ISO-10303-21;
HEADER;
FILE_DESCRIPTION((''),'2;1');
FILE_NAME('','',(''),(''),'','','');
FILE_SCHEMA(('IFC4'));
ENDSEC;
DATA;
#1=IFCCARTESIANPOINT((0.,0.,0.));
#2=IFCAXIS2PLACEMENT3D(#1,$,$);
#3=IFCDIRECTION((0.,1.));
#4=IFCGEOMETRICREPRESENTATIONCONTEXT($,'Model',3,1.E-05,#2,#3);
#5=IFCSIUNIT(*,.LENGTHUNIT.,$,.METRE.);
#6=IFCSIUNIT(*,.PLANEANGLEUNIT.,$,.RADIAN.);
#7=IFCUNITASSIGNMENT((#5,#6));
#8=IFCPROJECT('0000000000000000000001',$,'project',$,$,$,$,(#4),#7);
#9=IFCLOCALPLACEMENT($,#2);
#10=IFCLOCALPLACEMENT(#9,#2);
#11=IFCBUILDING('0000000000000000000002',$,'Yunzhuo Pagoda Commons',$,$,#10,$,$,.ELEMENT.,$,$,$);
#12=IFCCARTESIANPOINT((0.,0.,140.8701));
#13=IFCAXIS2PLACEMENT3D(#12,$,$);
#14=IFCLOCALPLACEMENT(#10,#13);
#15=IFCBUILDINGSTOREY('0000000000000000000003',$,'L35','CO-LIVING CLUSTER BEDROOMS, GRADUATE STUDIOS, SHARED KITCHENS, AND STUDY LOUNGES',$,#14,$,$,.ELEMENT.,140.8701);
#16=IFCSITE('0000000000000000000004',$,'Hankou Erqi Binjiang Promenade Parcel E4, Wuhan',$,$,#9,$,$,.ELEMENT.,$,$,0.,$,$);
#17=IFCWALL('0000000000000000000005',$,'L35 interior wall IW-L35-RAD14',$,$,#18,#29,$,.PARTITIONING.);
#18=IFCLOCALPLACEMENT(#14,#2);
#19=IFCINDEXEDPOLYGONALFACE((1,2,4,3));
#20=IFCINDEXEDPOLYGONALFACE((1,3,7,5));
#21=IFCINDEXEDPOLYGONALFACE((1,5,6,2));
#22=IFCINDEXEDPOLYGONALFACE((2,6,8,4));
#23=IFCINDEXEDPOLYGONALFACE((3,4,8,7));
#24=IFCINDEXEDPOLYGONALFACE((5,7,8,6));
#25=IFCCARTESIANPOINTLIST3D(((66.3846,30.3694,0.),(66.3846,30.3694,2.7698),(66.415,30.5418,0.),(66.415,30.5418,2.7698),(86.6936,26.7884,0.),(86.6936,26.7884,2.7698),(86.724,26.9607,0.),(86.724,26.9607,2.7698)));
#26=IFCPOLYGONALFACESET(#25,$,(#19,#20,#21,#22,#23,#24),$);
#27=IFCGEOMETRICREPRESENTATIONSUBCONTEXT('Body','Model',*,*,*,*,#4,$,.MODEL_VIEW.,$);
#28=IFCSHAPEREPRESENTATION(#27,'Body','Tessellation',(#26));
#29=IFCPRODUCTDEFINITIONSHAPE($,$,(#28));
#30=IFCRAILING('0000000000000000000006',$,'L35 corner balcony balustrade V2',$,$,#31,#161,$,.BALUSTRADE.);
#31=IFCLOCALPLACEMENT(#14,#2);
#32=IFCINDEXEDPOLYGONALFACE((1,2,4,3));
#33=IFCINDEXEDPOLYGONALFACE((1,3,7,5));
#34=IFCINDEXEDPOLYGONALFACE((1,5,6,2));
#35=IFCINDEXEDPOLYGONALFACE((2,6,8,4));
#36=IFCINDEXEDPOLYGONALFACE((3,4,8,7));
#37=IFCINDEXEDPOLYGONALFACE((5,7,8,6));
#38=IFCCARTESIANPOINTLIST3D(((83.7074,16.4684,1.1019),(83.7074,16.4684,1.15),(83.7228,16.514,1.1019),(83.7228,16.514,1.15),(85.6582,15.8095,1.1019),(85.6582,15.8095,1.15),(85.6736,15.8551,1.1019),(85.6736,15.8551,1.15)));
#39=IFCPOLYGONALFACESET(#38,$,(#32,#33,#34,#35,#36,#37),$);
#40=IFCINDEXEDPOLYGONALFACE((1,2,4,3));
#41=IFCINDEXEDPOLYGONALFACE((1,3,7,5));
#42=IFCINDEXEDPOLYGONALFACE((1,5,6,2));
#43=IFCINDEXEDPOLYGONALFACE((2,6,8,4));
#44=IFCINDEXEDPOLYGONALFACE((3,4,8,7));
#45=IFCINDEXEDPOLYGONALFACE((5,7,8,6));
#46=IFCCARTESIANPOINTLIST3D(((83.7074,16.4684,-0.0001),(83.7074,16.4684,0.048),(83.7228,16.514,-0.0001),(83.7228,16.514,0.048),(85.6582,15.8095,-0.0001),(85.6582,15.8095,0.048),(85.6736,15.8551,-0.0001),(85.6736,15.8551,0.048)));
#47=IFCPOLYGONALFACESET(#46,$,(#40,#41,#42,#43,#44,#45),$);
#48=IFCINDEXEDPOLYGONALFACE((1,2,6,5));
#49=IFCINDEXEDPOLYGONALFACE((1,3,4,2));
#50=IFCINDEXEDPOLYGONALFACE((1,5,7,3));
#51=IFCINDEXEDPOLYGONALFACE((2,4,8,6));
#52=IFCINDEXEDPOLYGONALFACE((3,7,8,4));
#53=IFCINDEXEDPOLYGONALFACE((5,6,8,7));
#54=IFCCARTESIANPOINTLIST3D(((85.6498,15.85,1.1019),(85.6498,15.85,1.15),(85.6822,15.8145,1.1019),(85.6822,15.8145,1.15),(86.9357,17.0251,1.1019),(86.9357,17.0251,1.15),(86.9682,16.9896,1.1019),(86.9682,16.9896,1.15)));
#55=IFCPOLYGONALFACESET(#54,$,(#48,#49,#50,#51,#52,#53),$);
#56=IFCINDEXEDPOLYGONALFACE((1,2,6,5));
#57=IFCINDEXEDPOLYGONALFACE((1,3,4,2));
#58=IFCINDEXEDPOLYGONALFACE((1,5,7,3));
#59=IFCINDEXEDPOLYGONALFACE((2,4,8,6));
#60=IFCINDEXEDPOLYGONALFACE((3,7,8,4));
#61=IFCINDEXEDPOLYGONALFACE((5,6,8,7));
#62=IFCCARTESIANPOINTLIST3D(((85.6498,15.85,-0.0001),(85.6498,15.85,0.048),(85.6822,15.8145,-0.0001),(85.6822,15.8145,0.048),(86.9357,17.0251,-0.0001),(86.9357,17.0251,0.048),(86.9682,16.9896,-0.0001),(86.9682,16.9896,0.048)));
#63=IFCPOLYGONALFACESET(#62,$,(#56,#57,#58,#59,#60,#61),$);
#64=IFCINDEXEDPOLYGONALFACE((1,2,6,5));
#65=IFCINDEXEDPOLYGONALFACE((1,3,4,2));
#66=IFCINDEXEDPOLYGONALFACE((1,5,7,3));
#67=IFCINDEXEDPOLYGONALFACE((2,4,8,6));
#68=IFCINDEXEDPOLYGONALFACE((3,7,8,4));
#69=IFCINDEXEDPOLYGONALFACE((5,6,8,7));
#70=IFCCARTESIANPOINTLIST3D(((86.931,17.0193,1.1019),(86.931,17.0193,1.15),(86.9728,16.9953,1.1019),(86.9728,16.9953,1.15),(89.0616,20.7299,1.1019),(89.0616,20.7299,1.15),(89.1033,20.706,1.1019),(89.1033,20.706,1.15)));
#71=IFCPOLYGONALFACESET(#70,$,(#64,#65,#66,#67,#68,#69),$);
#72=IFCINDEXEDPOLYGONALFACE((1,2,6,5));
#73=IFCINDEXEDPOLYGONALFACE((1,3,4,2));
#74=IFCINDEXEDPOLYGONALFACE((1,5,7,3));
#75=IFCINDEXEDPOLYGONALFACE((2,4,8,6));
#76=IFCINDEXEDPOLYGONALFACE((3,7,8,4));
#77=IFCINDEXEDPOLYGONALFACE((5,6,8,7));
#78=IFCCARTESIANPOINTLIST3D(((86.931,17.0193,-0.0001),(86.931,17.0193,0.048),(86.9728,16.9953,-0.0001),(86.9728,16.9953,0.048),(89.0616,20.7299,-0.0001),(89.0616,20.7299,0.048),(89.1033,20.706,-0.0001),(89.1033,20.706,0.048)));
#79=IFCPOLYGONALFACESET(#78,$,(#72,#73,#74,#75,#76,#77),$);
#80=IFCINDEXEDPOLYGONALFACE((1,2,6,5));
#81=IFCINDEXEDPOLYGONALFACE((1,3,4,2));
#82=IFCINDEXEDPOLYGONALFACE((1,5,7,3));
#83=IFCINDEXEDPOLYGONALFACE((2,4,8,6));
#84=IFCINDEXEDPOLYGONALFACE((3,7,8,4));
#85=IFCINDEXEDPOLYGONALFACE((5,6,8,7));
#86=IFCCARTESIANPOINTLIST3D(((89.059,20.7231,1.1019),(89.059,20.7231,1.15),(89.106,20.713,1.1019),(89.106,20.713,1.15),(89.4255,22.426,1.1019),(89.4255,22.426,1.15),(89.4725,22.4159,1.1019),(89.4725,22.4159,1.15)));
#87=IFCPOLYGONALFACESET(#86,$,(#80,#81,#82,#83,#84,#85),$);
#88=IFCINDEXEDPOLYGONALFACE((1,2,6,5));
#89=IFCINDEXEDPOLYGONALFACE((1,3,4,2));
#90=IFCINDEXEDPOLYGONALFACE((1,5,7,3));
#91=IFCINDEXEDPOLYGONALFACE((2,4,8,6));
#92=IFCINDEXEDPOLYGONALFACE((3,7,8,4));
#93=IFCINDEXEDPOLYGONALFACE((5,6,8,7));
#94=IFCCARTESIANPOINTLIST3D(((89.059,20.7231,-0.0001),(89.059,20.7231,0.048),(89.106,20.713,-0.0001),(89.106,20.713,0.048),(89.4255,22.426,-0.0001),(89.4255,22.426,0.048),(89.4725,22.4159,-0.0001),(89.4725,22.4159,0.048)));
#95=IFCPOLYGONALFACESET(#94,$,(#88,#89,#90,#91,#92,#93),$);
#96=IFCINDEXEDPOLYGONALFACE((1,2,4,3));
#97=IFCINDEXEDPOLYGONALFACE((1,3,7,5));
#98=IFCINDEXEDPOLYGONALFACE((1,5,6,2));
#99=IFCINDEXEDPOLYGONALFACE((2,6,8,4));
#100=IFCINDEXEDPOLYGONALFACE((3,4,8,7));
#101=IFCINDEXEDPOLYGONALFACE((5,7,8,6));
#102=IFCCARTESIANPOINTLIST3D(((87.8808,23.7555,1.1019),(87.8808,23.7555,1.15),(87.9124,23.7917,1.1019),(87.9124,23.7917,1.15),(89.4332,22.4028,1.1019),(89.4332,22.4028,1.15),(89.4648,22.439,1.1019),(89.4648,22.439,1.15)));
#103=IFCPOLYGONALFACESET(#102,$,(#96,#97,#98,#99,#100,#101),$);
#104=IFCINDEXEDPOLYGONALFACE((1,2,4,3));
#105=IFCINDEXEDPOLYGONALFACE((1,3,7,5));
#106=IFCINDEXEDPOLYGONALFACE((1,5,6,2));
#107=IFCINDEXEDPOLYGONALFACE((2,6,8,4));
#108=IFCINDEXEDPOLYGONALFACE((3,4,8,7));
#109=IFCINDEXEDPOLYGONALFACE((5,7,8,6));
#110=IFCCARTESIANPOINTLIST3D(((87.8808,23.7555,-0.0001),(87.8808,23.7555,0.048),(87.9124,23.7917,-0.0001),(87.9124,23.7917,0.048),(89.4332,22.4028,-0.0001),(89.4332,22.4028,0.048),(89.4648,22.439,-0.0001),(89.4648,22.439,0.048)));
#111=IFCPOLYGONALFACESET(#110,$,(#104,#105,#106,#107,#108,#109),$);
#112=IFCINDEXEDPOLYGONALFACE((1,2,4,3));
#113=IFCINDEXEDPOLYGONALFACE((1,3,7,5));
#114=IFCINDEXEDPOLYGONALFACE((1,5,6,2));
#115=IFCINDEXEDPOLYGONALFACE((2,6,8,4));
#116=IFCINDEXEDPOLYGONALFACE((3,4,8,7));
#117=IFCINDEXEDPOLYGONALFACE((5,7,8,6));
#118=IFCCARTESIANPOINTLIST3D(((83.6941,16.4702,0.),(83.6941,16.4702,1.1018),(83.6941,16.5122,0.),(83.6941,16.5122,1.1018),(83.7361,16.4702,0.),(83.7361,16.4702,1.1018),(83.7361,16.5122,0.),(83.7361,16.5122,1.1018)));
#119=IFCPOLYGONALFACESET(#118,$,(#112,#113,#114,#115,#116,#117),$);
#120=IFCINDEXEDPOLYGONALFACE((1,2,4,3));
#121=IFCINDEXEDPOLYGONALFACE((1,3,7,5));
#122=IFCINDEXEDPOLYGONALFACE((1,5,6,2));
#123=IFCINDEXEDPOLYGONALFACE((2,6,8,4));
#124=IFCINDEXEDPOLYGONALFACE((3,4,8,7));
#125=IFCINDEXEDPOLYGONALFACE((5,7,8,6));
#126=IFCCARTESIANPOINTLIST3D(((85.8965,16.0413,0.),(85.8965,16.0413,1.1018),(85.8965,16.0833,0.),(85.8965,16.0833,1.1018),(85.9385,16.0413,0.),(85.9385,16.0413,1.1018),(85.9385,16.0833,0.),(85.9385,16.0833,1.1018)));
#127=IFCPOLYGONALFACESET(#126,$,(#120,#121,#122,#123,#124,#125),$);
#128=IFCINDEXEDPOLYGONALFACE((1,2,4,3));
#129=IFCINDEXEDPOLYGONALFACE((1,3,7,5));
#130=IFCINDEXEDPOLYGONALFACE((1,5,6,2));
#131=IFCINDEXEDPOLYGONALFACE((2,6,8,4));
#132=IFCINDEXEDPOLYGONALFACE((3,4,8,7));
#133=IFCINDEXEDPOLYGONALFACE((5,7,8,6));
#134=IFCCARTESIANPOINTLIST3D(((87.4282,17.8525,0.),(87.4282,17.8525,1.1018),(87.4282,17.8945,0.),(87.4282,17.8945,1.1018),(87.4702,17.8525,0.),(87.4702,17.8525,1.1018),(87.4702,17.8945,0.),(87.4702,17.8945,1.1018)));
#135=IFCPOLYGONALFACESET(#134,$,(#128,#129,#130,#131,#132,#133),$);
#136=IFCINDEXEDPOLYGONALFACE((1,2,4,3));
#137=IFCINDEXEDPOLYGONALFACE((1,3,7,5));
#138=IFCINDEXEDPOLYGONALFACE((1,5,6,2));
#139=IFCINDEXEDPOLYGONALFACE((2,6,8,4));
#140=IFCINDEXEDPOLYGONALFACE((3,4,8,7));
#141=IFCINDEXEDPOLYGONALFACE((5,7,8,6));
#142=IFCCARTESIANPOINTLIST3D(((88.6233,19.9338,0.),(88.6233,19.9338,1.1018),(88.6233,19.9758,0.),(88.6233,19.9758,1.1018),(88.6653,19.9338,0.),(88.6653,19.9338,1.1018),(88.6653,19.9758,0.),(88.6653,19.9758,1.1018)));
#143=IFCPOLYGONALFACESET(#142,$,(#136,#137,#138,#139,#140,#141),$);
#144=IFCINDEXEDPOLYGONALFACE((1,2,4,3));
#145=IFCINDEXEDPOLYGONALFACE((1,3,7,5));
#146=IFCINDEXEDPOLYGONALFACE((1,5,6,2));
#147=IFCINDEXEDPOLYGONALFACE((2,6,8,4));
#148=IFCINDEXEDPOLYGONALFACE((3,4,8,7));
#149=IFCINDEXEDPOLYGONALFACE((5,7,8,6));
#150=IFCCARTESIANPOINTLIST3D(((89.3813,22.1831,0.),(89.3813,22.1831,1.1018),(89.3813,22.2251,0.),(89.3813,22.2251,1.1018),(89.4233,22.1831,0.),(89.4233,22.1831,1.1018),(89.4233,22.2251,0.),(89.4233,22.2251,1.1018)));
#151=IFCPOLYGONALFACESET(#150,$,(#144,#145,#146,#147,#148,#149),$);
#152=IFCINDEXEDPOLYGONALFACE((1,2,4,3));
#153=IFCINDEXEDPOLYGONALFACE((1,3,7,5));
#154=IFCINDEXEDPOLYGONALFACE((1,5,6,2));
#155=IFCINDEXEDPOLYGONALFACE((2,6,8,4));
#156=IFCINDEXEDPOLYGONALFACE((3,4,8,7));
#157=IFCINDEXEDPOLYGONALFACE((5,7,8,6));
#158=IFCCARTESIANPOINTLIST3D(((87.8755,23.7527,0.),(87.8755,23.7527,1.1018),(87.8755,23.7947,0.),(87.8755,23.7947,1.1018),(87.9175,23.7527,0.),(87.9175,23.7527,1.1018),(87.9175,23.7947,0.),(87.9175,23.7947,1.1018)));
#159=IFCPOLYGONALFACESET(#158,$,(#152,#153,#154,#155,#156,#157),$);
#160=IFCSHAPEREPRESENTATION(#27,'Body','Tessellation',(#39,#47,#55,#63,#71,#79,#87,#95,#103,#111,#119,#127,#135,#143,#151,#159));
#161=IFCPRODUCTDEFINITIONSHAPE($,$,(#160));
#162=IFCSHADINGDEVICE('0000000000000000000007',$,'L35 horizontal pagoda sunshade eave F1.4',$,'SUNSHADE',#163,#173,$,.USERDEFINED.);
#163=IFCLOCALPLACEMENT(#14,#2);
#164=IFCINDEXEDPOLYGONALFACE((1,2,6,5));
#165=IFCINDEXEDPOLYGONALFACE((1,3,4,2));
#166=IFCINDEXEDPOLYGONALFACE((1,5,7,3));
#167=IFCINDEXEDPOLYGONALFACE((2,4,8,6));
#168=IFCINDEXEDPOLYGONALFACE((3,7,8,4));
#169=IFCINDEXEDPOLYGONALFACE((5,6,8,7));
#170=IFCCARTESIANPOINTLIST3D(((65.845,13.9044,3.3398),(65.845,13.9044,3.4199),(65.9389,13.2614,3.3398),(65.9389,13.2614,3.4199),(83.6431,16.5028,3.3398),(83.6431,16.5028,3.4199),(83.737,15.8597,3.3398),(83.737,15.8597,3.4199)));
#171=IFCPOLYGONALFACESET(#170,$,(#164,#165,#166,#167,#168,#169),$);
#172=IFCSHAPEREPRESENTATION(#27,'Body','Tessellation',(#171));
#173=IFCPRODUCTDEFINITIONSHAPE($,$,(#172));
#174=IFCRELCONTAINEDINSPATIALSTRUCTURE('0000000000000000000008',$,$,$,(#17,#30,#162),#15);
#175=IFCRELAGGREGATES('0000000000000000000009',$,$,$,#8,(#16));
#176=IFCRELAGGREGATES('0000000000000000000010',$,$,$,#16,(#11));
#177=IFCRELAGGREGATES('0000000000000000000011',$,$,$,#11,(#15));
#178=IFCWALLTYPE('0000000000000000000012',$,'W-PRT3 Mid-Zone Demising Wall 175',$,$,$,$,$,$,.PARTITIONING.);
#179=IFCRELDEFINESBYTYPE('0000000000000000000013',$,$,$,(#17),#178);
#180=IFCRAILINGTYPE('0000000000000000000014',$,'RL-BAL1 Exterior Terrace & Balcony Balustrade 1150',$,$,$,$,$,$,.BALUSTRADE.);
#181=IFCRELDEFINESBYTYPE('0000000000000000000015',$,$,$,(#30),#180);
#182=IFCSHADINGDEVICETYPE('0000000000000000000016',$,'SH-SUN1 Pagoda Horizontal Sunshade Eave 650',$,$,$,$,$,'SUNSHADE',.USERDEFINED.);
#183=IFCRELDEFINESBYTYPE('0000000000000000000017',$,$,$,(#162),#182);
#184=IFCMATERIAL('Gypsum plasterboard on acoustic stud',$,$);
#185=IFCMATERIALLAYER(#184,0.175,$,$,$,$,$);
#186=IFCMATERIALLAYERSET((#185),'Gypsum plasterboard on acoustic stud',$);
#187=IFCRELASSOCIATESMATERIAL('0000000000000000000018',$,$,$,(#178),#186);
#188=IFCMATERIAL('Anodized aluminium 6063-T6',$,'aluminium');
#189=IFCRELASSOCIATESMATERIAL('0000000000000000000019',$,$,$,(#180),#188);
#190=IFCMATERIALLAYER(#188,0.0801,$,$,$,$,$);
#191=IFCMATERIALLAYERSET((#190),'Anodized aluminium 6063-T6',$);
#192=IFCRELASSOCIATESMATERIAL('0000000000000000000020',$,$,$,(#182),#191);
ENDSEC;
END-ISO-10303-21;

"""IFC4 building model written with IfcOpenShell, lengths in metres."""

from ifc_helpers import new_model, si_unit, direction, frame, frame_2d, origin, origin_2d, place, context, subcontext, project, spatial, rectangle, extrude, source, transform, mapped, material, layer, layer_set, type_object, element, save


model = new_model("IFC4")

# Units and contexts
model_context = context("Model", 3, precision=1e-05, world=origin(), true_north=direction((0.0, 1.0)))
body_context = subcontext(model_context, "Body", "Model", "MODEL_VIEW")
ifc_project = project(units=[si_unit("LENGTHUNIT", "METRE"), si_unit("PLANEANGLEUNIT", "RADIAN")], contexts=[model_context])

# Site, building, storey
site_placement = place(None, origin())
site = spatial("IfcSite", under=ifc_project, at=site_placement, Name="Hankou Erqi Binjiang Promenade Parcel E4, Wuhan", CompositionType="ELEMENT", RefElevation=0.0)
building_placement = place(site_placement, origin())
building = spatial("IfcBuilding", under=site, at=building_placement, Name="Yunzhuo Pagoda Commons", CompositionType="ELEMENT")
storey_placement = place(building_placement, frame((0.0, 0.0, 140.8701)))
storey = spatial("IfcBuildingStorey", under=building, at=storey_placement, Name="L35", Description="CO-LIVING CLUSTER BEDROOMS, GRADUATE STUDIOS, SHARED KITCHENS, AND STUDY LOUNGES", CompositionType="ELEMENT", Elevation=140.8701)

# Shared definitions
ifc_material_1 = material(Name="Anodized aluminium 6063-T6", Category="aluminium")

# Wall
ifc_material_2 = material(Name="Gypsum plasterboard on acoustic stud")
ifc_layer_1 = layer(ifc_material_2, 0.175)
ifc_layer_set_1 = layer_set([ifc_layer_1], Name="Gypsum plasterboard on acoustic stud")
wall_type_1 = type_object("IfcWallType", Name="W-PRT3 Mid-Zone Demising Wall 175", PredefinedType="PARTITIONING", material=ifc_layer_set_1)
wall_1_placement = place(storey_placement, frame((66.3999, 30.4556, 0.0), z_axis=(0.0, 0.0, 1.0), x_axis=(0.984808, -0.173649, 0.0)))
element("IfcWall", 1, at=wall_1_placement, inside=storey, type_object=wall_type_1, Name="L35 interior wall IW-L35-RAD14", PredefinedType="PARTITIONING", context=body_context, shape_type="SweptSolid", body=[
    extrude(rectangle(XDim=20.6223, YDim=0.175, at=frame_2d((10.311, 0.0))), origin(), (0.0, 0.0, 1.0), 2.7698),
])

# Railing
railing_type = type_object("IfcRailingType", Name="RL-BAL1 Exterior Terrace & Balcony Balustrade 1150", PredefinedType="BALUSTRADE", material=ifc_material_1)
railing_placement = place(storey_placement, frame((83.7151, 16.4912, 0.0)))
element("IfcRailing", 2, at=railing_placement, inside=storey, type_object=railing_type, Name="L35 corner balcony balustrade V2", PredefinedType="BALUSTRADE", context=body_context, shape_type="SweptSolid", body=[
    extrude(rectangle(XDim=0.0481, YDim=0.0481, at=origin_2d()), frame((0.0, 0.0, 1.126), z_axis=(0.947419, -0.319996, 0.0), x_axis=(0.319996, 0.947419, 0.0)), (0.0, 0.0, 1.0), 2.0591),
    extrude(rectangle(XDim=0.0481, YDim=0.0481, at=origin_2d()), frame((0.0, 0.0, 0.0239), z_axis=(0.947419, -0.319996, 0.0), x_axis=(0.319996, 0.947419, 0.0)), (0.0, 0.0, 1.0), 2.0591),
    extrude(rectangle(XDim=0.0481, YDim=0.0481, at=origin_2d()), frame((1.9509, -0.6589, 1.126), z_axis=(0.738206, 0.674575, 0.0), x_axis=(-0.674575, 0.738206, 0.0)), (0.0, 0.0, 1.0), 1.7419),
    extrude(rectangle(XDim=0.0481, YDim=0.0481, at=origin_2d()), frame((1.9509, -0.6589, 0.0239), z_axis=(0.738206, 0.674575, 0.0), x_axis=(-0.674575, 0.738206, 0.0)), (0.0, 0.0, 1.0), 1.7419),
    extrude(rectangle(XDim=0.0481, YDim=0.0481, at=origin_2d()), frame((3.2368, 0.5161, 1.126), z_axis=(0.497938, 0.867212, 0.0), x_axis=(-0.867212, 0.497938, 0.0)), (0.0, 0.0, 1.0), 4.2788),
    extrude(rectangle(XDim=0.0481, YDim=0.0481, at=origin_2d()), frame((3.2368, 0.5161, 0.0239), z_axis=(0.497938, 0.867212, 0.0), x_axis=(-0.867212, 0.497938, 0.0)), (0.0, 0.0, 1.0), 4.2788),
    extrude(rectangle(XDim=0.0481, YDim=0.0481, at=origin_2d()), frame((5.3674, 4.2268, 1.126), z_axis=(0.210381, 0.977619, 0.0), x_axis=(-0.977619, 0.210381, 0.0)), (0.0, 0.0, 1.0), 1.7419),
    extrude(rectangle(XDim=0.0481, YDim=0.0481, at=origin_2d()), frame((5.3674, 4.2268, 0.0239), z_axis=(0.210381, 0.977619, 0.0), x_axis=(-0.977619, 0.210381, 0.0)), (0.0, 0.0, 1.0), 1.7419),
    extrude(rectangle(XDim=0.0481, YDim=0.0481, at=origin_2d()), frame((5.7339, 5.9297, 1.126), z_axis=(-0.753934, 0.65695, 0.0), x_axis=(-0.65695, -0.753934, 0.0)), (0.0, 0.0, 1.0), 2.0591),
    extrude(rectangle(XDim=0.0481, YDim=0.0481, at=origin_2d()), frame((5.7339, 5.9297, 0.0239), z_axis=(-0.753934, 0.65695, 0.0), x_axis=(-0.65695, -0.753934, 0.0)), (0.0, 0.0, 1.0), 2.0591),
    extrude(rectangle(XDim=0.042, YDim=0.042, at=origin_2d()), origin(), (0.0, 0.0, 1.0), 1.1018),
    extrude(rectangle(XDim=0.042, YDim=0.042, at=origin_2d()), frame((2.2024, -0.429, 0.0)), (0.0, 0.0, 1.0), 1.1018),
    extrude(rectangle(XDim=0.042, YDim=0.042, at=origin_2d()), frame((3.7341, 1.3823, 0.0)), (0.0, 0.0, 1.0), 1.1018),
    extrude(rectangle(XDim=0.042, YDim=0.042, at=origin_2d()), frame((4.9292, 3.4636, 0.0)), (0.0, 0.0, 1.0), 1.1018),
    extrude(rectangle(XDim=0.042, YDim=0.042, at=origin_2d()), frame((5.6873, 5.7129, 0.0)), (0.0, 0.0, 1.0), 1.1018),
    extrude(rectangle(XDim=0.042, YDim=0.042, at=origin_2d()), frame((4.1814, 7.2825, 0.0)), (0.0, 0.0, 1.0), 1.1018),
])

# Shading device
ifc_layer_2 = layer(ifc_material_1, 0.0801)
ifc_layer_set_2 = layer_set([ifc_layer_2], Name="Anodized aluminium 6063-T6")
shading_device_type = type_object("IfcShadingDeviceType", Name="SH-SUN1 Pagoda Horizontal Sunshade Eave 650", ElementType="SUNSHADE", PredefinedType="USERDEFINED", material=ifc_layer_set_2)
shared_shape_1 = source(origin(), body_context, "Body", "SweptSolid", [
    extrude(rectangle(XDim=17.9868, YDim=0.6499, at=origin_2d()), origin(), (0.0, 0.0, 1.0), 0.0801),
])
shading_device_placement = place(storey_placement, frame((74.791, 14.8821, 3.3398), z_axis=(0.0, 0.0, 1.0), x_axis=(0.989511, 0.14446, 0.0)))
element("IfcShadingDevice", 3, at=shading_device_placement, inside=storey, type_object=shading_device_type, Name="L35 horizontal pagoda sunshade eave F1.4", ObjectType="SUNSHADE", PredefinedType="USERDEFINED", context=body_context, shape_type="MappedRepresentation", body=[
    mapped(shared_shape_1, transform((0.0, 0.0, 0.0), scale=1.0)),
])

save(model, "model.ifc")
